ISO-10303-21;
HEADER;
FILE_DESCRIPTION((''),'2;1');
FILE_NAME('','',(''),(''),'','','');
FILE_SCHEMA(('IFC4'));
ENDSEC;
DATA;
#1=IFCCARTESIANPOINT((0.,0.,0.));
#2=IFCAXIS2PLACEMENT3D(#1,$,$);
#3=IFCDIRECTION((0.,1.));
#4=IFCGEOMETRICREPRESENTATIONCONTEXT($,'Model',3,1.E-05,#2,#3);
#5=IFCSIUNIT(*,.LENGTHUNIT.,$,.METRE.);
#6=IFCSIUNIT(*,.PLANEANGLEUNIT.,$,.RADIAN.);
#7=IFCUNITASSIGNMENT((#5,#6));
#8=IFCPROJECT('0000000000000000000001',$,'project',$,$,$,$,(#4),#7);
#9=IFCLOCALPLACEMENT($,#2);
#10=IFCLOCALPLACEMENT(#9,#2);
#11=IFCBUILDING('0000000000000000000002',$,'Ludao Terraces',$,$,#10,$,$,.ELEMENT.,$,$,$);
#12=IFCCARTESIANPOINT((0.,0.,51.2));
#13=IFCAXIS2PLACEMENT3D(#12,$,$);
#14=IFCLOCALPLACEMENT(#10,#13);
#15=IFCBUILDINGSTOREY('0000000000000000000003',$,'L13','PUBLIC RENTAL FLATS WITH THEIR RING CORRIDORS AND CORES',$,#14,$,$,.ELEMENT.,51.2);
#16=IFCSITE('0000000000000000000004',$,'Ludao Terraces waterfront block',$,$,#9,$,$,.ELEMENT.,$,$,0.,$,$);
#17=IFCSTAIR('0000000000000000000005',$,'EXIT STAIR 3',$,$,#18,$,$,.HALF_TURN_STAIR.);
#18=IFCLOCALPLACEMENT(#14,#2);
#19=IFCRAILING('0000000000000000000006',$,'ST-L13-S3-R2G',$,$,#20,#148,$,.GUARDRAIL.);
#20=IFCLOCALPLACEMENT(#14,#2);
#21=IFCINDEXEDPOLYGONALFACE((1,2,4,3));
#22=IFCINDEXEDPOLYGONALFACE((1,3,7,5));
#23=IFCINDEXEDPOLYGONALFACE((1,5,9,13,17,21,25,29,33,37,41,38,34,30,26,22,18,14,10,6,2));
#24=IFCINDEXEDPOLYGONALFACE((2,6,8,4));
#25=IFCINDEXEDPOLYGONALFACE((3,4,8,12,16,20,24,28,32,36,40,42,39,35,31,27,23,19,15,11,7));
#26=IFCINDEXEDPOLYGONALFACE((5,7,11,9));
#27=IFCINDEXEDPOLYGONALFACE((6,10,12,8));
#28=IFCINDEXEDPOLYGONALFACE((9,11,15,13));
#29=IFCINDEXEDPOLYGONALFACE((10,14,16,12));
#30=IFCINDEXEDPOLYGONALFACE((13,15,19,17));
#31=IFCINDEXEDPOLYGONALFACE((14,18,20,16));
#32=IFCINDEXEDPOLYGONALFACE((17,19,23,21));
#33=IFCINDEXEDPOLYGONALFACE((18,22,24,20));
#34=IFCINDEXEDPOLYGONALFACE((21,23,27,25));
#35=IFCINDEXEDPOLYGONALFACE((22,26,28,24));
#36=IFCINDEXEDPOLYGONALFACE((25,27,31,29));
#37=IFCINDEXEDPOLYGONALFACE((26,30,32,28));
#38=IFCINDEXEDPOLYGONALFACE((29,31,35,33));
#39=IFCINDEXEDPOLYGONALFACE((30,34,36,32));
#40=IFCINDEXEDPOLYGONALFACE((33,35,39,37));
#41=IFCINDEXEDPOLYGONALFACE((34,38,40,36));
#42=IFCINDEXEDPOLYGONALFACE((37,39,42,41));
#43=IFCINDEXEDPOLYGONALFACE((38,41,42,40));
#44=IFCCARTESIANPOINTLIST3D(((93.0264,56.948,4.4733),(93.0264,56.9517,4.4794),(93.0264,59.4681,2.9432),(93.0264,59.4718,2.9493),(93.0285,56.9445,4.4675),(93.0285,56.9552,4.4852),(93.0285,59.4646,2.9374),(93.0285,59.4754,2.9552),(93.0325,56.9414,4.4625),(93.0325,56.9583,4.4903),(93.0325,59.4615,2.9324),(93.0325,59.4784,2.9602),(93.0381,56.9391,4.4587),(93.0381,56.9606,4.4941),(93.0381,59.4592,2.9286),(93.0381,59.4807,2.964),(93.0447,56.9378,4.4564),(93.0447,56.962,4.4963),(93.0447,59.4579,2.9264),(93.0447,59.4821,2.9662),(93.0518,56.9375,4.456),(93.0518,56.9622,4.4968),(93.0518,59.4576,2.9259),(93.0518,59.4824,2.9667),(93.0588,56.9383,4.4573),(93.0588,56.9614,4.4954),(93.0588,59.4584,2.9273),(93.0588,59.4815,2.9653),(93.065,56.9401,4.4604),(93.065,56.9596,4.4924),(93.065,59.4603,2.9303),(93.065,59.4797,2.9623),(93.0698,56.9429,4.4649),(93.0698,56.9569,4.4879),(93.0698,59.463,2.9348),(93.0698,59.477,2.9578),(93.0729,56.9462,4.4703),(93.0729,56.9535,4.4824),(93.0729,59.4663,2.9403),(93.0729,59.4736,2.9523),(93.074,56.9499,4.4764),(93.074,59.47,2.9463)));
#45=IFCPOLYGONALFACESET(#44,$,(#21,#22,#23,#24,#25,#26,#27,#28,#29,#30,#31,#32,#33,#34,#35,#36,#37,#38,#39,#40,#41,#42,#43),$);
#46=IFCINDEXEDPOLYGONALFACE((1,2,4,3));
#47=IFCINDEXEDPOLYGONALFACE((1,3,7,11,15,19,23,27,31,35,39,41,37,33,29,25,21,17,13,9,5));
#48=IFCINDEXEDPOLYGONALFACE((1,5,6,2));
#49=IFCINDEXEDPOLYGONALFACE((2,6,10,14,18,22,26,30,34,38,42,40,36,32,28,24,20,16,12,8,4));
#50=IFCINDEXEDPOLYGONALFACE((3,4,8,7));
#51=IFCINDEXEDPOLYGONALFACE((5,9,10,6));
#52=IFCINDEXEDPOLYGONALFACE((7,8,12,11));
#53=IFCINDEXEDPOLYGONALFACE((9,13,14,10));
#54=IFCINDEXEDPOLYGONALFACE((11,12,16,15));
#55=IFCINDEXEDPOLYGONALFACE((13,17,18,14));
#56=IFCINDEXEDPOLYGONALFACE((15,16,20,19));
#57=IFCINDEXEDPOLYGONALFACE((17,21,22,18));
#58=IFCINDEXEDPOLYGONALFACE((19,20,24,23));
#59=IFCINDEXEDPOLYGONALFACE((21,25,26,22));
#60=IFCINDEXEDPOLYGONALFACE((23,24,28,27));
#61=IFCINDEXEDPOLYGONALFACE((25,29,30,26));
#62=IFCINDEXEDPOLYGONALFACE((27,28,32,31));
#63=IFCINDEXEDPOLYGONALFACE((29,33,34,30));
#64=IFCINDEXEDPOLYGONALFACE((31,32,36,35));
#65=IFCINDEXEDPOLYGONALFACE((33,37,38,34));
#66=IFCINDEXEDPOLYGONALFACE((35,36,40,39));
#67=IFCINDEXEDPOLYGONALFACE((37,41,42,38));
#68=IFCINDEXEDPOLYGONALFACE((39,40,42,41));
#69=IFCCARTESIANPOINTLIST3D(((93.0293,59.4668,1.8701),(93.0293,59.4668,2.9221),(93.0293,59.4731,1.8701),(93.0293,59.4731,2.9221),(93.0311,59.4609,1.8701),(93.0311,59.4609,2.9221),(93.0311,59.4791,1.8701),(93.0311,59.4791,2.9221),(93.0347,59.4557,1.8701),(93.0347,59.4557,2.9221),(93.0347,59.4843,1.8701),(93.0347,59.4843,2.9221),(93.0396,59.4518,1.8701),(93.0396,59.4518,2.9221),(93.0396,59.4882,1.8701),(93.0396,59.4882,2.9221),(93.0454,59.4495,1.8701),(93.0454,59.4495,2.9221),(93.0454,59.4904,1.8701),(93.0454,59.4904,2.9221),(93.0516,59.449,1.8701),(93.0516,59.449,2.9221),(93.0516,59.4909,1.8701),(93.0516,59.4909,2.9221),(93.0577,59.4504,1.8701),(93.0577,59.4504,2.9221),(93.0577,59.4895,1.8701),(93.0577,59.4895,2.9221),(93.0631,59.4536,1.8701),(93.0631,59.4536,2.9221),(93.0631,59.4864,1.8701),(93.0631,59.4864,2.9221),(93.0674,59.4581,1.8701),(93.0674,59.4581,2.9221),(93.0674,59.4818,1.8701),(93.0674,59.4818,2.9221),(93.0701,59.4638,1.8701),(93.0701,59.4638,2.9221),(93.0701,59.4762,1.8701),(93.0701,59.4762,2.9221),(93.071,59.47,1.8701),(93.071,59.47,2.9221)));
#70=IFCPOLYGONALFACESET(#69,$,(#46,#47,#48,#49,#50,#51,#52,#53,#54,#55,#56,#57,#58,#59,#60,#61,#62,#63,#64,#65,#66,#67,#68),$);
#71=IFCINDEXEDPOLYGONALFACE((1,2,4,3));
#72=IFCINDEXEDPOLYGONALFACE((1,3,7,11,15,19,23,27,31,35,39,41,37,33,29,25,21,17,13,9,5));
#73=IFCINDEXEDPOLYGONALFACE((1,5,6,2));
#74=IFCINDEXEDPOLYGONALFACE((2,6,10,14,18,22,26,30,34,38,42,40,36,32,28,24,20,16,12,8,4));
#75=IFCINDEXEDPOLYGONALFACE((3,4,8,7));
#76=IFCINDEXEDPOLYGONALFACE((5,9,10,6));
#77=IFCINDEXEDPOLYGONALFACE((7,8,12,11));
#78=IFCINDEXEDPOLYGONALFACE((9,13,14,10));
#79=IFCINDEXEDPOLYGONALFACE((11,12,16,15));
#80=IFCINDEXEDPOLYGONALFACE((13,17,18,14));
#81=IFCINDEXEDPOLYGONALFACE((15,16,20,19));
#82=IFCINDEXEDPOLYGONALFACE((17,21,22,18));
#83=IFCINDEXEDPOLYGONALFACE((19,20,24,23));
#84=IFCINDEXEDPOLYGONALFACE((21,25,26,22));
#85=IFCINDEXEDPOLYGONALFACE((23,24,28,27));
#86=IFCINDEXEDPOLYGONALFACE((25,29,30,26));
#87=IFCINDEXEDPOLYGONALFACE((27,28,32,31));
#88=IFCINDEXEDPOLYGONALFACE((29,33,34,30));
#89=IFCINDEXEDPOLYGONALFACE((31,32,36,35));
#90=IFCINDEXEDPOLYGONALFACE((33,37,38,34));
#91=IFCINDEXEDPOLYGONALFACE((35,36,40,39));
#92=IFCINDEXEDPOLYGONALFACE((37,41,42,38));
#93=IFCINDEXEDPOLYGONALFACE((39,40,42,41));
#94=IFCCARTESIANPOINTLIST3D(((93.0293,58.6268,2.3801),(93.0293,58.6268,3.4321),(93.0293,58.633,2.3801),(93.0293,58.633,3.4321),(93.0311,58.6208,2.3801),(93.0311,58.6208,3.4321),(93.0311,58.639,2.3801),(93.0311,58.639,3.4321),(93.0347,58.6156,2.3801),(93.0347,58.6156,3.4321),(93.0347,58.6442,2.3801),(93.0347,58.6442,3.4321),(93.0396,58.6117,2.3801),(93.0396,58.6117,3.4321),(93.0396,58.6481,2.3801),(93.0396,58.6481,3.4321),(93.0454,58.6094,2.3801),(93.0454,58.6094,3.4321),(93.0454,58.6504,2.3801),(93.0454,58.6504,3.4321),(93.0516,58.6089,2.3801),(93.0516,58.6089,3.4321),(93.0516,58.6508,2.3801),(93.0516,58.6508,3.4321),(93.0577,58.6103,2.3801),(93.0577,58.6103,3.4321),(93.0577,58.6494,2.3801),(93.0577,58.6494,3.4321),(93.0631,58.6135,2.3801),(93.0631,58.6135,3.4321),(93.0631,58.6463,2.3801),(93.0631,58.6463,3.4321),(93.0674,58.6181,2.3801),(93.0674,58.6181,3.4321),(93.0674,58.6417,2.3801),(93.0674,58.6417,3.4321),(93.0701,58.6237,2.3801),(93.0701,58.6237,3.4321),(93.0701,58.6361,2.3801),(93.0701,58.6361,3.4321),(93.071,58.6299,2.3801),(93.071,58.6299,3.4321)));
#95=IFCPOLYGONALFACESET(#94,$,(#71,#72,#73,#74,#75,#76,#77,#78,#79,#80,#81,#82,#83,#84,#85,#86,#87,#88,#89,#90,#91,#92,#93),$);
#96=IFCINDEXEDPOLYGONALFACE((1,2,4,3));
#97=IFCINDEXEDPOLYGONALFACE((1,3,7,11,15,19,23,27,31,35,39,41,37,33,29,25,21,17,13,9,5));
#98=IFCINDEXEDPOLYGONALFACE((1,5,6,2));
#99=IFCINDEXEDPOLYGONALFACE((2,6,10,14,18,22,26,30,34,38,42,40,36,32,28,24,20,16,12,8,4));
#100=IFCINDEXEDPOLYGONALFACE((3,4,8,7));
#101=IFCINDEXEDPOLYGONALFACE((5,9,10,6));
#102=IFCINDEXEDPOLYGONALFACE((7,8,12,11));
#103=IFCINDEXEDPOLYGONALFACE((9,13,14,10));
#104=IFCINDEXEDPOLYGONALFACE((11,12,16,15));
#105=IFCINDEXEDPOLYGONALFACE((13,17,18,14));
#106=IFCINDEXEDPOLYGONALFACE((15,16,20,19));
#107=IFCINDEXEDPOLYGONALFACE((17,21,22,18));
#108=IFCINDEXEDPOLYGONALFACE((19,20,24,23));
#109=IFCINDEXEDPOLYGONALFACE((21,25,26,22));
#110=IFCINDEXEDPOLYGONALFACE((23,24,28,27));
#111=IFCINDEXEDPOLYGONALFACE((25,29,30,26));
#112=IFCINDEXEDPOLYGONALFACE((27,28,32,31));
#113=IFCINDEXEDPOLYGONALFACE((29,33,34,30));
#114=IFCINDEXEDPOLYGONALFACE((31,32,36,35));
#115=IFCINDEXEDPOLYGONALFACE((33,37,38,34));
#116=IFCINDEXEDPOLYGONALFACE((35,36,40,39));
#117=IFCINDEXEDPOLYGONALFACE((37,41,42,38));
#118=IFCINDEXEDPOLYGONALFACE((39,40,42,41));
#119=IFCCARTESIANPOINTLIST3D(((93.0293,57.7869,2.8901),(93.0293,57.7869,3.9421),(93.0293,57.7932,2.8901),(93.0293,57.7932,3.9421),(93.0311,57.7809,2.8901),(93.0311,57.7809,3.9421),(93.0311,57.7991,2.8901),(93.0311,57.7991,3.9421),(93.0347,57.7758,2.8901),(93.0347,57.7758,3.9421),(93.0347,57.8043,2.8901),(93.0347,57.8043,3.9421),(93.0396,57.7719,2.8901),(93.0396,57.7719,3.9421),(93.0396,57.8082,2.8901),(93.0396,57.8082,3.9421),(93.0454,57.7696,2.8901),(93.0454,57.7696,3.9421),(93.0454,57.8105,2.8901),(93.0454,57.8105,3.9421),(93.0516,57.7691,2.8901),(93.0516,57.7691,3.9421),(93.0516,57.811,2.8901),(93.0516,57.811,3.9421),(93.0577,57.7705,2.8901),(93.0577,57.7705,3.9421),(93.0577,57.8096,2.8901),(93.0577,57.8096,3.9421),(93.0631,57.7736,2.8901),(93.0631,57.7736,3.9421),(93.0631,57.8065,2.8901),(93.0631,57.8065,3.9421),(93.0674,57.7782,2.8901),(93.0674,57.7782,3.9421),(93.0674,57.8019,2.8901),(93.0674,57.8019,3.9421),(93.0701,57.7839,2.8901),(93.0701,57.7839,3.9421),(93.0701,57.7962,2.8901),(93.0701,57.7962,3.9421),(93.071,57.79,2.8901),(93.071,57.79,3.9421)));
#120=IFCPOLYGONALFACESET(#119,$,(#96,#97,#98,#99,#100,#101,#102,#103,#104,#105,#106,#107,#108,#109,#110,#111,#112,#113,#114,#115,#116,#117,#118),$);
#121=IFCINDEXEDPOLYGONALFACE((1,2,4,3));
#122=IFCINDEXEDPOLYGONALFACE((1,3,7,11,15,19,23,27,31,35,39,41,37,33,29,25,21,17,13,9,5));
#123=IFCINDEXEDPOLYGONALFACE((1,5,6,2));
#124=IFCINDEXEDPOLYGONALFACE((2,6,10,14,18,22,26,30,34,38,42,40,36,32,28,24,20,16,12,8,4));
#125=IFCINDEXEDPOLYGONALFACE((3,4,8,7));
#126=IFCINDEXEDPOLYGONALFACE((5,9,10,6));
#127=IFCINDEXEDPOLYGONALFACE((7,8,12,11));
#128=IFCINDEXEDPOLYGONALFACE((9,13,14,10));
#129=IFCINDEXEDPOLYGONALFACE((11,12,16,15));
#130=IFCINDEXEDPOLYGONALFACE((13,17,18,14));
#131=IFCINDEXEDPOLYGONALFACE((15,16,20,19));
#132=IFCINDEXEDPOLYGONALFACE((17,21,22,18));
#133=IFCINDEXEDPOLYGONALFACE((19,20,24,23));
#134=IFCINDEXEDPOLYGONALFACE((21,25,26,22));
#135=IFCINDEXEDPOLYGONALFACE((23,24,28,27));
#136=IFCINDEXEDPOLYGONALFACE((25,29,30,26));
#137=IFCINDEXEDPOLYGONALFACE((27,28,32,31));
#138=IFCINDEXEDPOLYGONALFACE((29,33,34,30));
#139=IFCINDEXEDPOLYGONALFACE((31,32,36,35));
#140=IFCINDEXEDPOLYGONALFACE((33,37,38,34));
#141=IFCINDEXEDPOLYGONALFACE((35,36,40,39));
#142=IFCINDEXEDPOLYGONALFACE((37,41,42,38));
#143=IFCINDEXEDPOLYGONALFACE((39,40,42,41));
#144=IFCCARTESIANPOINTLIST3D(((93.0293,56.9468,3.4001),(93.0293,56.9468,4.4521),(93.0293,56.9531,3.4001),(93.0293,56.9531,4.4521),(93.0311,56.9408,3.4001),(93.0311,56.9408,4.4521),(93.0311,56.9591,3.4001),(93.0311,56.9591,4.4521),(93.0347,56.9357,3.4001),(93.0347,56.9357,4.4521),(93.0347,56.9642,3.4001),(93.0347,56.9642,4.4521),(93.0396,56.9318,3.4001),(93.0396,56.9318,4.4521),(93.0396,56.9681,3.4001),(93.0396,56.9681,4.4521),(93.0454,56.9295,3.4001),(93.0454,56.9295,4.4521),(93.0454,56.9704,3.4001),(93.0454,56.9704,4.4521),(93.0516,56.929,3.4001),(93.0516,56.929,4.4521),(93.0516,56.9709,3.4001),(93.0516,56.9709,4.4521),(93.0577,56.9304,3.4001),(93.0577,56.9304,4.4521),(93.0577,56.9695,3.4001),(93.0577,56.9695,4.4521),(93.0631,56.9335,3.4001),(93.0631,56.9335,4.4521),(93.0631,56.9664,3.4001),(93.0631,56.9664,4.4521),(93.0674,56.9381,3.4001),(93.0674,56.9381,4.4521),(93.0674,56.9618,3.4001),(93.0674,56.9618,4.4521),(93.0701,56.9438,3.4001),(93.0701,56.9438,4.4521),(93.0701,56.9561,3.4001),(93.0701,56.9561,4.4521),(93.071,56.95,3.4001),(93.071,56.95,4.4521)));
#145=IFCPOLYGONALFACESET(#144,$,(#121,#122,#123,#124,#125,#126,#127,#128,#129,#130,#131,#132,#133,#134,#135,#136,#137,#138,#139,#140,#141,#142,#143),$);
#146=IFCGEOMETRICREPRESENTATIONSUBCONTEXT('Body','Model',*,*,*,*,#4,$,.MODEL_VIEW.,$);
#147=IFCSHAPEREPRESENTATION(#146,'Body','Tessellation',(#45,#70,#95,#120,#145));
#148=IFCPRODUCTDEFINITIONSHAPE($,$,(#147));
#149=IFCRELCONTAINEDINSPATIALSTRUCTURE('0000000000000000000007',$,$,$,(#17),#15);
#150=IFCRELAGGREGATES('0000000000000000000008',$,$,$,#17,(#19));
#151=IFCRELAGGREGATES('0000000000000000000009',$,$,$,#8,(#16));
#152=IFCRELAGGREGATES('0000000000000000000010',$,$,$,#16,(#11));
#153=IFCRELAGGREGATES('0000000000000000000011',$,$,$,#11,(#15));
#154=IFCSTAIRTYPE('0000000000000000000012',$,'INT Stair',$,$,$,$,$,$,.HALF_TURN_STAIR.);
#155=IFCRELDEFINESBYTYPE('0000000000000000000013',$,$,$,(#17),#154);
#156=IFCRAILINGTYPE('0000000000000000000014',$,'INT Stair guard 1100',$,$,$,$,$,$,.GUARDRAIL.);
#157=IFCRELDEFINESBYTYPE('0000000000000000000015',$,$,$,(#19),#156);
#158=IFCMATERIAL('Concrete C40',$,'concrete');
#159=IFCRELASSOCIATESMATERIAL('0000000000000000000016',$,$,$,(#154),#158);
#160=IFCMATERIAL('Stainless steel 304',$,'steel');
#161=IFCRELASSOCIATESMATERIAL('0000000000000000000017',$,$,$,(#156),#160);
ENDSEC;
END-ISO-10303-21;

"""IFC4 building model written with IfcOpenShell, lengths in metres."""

from ifc_helpers import new_model, si_unit, direction, frame, origin, origin_2d, place, context, subcontext, project, spatial, circle, extrude, material, type_object, element, aggregate, save


model = new_model("IFC4")

# Units and contexts
model_context = context("Model", 3, precision=1e-05, world=origin(), true_north=direction((0.0, 1.0)))
body_context = subcontext(model_context, "Body", "Model", "MODEL_VIEW")
ifc_project = project(units=[si_unit("LENGTHUNIT", "METRE"), si_unit("PLANEANGLEUNIT", "RADIAN")], contexts=[model_context])

# Site, building, storey
site_placement = place(None, origin())
site = spatial("IfcSite", under=ifc_project, at=site_placement, Name="Ludao Terraces waterfront block", CompositionType="ELEMENT", RefElevation=0.0)
building_placement = place(site_placement, origin())
building = spatial("IfcBuilding", under=site, at=building_placement, Name="Ludao Terraces", CompositionType="ELEMENT")
storey_placement = place(building_placement, frame((0.0, 0.0, 51.2)))
storey = spatial("IfcBuildingStorey", under=building, at=storey_placement, Name="L13", Description="PUBLIC RENTAL FLATS WITH THEIR RING CORRIDORS AND CORES", CompositionType="ELEMENT", Elevation=51.2)

# Shared definitions
ifc_material_1 = material(Name="Stainless steel 304", Category="steel")

# Stair, railing
ifc_material_2 = material(Name="Concrete C40", Category="concrete")
stair_type = type_object("IfcStairType", Name="INT Stair", PredefinedType="HALF_TURN_STAIR", material=ifc_material_2)
stair_placement = place(storey_placement, origin())
stair = element("IfcStair", 1, at=stair_placement, inside=storey, type_object=stair_type, Name="EXIT STAIR 3", PredefinedType="HALF_TURN_STAIR")
railing_type_1 = type_object("IfcRailingType", Name="INT Stair guard 1100", PredefinedType="GUARDRAIL", material=ifc_material_1)
railing_1_placement = place(storey_placement, frame((93.05, 59.47, 1.8701)))
railing_1 = element("IfcRailing", 2, at=railing_1_placement, type_object=railing_type_1, Name="ST-L13-S3-R2G", PredefinedType="GUARDRAIL", context=body_context, shape_type="SweptSolid", body=[
    extrude(circle(Radius=0.0239, at=origin_2d()), frame((0.0, 0.0, 1.0762), z_axis=(0.0, -0.854785, 0.518982), x_axis=(1.0, 0.0, 0.0)), (0.0, 0.0, 1.0), 2.9482),
    extrude(circle(Radius=0.021, at=origin_2d()), origin(), (0.0, 0.0, 1.0), 1.052),
    extrude(circle(Radius=0.021, at=origin_2d()), frame((0.0, -0.8401, 0.51)), (0.0, 0.0, 1.0), 1.052),
    extrude(circle(Radius=0.021, at=origin_2d()), frame((0.0, -1.6799, 1.02)), (0.0, 0.0, 1.0), 1.052),
    extrude(circle(Radius=0.021, at=origin_2d()), frame((0.0, -2.52, 1.53)), (0.0, 0.0, 1.0), 1.052),
])
aggregate(stair, [railing_1])

save(model, "model.ifc")
